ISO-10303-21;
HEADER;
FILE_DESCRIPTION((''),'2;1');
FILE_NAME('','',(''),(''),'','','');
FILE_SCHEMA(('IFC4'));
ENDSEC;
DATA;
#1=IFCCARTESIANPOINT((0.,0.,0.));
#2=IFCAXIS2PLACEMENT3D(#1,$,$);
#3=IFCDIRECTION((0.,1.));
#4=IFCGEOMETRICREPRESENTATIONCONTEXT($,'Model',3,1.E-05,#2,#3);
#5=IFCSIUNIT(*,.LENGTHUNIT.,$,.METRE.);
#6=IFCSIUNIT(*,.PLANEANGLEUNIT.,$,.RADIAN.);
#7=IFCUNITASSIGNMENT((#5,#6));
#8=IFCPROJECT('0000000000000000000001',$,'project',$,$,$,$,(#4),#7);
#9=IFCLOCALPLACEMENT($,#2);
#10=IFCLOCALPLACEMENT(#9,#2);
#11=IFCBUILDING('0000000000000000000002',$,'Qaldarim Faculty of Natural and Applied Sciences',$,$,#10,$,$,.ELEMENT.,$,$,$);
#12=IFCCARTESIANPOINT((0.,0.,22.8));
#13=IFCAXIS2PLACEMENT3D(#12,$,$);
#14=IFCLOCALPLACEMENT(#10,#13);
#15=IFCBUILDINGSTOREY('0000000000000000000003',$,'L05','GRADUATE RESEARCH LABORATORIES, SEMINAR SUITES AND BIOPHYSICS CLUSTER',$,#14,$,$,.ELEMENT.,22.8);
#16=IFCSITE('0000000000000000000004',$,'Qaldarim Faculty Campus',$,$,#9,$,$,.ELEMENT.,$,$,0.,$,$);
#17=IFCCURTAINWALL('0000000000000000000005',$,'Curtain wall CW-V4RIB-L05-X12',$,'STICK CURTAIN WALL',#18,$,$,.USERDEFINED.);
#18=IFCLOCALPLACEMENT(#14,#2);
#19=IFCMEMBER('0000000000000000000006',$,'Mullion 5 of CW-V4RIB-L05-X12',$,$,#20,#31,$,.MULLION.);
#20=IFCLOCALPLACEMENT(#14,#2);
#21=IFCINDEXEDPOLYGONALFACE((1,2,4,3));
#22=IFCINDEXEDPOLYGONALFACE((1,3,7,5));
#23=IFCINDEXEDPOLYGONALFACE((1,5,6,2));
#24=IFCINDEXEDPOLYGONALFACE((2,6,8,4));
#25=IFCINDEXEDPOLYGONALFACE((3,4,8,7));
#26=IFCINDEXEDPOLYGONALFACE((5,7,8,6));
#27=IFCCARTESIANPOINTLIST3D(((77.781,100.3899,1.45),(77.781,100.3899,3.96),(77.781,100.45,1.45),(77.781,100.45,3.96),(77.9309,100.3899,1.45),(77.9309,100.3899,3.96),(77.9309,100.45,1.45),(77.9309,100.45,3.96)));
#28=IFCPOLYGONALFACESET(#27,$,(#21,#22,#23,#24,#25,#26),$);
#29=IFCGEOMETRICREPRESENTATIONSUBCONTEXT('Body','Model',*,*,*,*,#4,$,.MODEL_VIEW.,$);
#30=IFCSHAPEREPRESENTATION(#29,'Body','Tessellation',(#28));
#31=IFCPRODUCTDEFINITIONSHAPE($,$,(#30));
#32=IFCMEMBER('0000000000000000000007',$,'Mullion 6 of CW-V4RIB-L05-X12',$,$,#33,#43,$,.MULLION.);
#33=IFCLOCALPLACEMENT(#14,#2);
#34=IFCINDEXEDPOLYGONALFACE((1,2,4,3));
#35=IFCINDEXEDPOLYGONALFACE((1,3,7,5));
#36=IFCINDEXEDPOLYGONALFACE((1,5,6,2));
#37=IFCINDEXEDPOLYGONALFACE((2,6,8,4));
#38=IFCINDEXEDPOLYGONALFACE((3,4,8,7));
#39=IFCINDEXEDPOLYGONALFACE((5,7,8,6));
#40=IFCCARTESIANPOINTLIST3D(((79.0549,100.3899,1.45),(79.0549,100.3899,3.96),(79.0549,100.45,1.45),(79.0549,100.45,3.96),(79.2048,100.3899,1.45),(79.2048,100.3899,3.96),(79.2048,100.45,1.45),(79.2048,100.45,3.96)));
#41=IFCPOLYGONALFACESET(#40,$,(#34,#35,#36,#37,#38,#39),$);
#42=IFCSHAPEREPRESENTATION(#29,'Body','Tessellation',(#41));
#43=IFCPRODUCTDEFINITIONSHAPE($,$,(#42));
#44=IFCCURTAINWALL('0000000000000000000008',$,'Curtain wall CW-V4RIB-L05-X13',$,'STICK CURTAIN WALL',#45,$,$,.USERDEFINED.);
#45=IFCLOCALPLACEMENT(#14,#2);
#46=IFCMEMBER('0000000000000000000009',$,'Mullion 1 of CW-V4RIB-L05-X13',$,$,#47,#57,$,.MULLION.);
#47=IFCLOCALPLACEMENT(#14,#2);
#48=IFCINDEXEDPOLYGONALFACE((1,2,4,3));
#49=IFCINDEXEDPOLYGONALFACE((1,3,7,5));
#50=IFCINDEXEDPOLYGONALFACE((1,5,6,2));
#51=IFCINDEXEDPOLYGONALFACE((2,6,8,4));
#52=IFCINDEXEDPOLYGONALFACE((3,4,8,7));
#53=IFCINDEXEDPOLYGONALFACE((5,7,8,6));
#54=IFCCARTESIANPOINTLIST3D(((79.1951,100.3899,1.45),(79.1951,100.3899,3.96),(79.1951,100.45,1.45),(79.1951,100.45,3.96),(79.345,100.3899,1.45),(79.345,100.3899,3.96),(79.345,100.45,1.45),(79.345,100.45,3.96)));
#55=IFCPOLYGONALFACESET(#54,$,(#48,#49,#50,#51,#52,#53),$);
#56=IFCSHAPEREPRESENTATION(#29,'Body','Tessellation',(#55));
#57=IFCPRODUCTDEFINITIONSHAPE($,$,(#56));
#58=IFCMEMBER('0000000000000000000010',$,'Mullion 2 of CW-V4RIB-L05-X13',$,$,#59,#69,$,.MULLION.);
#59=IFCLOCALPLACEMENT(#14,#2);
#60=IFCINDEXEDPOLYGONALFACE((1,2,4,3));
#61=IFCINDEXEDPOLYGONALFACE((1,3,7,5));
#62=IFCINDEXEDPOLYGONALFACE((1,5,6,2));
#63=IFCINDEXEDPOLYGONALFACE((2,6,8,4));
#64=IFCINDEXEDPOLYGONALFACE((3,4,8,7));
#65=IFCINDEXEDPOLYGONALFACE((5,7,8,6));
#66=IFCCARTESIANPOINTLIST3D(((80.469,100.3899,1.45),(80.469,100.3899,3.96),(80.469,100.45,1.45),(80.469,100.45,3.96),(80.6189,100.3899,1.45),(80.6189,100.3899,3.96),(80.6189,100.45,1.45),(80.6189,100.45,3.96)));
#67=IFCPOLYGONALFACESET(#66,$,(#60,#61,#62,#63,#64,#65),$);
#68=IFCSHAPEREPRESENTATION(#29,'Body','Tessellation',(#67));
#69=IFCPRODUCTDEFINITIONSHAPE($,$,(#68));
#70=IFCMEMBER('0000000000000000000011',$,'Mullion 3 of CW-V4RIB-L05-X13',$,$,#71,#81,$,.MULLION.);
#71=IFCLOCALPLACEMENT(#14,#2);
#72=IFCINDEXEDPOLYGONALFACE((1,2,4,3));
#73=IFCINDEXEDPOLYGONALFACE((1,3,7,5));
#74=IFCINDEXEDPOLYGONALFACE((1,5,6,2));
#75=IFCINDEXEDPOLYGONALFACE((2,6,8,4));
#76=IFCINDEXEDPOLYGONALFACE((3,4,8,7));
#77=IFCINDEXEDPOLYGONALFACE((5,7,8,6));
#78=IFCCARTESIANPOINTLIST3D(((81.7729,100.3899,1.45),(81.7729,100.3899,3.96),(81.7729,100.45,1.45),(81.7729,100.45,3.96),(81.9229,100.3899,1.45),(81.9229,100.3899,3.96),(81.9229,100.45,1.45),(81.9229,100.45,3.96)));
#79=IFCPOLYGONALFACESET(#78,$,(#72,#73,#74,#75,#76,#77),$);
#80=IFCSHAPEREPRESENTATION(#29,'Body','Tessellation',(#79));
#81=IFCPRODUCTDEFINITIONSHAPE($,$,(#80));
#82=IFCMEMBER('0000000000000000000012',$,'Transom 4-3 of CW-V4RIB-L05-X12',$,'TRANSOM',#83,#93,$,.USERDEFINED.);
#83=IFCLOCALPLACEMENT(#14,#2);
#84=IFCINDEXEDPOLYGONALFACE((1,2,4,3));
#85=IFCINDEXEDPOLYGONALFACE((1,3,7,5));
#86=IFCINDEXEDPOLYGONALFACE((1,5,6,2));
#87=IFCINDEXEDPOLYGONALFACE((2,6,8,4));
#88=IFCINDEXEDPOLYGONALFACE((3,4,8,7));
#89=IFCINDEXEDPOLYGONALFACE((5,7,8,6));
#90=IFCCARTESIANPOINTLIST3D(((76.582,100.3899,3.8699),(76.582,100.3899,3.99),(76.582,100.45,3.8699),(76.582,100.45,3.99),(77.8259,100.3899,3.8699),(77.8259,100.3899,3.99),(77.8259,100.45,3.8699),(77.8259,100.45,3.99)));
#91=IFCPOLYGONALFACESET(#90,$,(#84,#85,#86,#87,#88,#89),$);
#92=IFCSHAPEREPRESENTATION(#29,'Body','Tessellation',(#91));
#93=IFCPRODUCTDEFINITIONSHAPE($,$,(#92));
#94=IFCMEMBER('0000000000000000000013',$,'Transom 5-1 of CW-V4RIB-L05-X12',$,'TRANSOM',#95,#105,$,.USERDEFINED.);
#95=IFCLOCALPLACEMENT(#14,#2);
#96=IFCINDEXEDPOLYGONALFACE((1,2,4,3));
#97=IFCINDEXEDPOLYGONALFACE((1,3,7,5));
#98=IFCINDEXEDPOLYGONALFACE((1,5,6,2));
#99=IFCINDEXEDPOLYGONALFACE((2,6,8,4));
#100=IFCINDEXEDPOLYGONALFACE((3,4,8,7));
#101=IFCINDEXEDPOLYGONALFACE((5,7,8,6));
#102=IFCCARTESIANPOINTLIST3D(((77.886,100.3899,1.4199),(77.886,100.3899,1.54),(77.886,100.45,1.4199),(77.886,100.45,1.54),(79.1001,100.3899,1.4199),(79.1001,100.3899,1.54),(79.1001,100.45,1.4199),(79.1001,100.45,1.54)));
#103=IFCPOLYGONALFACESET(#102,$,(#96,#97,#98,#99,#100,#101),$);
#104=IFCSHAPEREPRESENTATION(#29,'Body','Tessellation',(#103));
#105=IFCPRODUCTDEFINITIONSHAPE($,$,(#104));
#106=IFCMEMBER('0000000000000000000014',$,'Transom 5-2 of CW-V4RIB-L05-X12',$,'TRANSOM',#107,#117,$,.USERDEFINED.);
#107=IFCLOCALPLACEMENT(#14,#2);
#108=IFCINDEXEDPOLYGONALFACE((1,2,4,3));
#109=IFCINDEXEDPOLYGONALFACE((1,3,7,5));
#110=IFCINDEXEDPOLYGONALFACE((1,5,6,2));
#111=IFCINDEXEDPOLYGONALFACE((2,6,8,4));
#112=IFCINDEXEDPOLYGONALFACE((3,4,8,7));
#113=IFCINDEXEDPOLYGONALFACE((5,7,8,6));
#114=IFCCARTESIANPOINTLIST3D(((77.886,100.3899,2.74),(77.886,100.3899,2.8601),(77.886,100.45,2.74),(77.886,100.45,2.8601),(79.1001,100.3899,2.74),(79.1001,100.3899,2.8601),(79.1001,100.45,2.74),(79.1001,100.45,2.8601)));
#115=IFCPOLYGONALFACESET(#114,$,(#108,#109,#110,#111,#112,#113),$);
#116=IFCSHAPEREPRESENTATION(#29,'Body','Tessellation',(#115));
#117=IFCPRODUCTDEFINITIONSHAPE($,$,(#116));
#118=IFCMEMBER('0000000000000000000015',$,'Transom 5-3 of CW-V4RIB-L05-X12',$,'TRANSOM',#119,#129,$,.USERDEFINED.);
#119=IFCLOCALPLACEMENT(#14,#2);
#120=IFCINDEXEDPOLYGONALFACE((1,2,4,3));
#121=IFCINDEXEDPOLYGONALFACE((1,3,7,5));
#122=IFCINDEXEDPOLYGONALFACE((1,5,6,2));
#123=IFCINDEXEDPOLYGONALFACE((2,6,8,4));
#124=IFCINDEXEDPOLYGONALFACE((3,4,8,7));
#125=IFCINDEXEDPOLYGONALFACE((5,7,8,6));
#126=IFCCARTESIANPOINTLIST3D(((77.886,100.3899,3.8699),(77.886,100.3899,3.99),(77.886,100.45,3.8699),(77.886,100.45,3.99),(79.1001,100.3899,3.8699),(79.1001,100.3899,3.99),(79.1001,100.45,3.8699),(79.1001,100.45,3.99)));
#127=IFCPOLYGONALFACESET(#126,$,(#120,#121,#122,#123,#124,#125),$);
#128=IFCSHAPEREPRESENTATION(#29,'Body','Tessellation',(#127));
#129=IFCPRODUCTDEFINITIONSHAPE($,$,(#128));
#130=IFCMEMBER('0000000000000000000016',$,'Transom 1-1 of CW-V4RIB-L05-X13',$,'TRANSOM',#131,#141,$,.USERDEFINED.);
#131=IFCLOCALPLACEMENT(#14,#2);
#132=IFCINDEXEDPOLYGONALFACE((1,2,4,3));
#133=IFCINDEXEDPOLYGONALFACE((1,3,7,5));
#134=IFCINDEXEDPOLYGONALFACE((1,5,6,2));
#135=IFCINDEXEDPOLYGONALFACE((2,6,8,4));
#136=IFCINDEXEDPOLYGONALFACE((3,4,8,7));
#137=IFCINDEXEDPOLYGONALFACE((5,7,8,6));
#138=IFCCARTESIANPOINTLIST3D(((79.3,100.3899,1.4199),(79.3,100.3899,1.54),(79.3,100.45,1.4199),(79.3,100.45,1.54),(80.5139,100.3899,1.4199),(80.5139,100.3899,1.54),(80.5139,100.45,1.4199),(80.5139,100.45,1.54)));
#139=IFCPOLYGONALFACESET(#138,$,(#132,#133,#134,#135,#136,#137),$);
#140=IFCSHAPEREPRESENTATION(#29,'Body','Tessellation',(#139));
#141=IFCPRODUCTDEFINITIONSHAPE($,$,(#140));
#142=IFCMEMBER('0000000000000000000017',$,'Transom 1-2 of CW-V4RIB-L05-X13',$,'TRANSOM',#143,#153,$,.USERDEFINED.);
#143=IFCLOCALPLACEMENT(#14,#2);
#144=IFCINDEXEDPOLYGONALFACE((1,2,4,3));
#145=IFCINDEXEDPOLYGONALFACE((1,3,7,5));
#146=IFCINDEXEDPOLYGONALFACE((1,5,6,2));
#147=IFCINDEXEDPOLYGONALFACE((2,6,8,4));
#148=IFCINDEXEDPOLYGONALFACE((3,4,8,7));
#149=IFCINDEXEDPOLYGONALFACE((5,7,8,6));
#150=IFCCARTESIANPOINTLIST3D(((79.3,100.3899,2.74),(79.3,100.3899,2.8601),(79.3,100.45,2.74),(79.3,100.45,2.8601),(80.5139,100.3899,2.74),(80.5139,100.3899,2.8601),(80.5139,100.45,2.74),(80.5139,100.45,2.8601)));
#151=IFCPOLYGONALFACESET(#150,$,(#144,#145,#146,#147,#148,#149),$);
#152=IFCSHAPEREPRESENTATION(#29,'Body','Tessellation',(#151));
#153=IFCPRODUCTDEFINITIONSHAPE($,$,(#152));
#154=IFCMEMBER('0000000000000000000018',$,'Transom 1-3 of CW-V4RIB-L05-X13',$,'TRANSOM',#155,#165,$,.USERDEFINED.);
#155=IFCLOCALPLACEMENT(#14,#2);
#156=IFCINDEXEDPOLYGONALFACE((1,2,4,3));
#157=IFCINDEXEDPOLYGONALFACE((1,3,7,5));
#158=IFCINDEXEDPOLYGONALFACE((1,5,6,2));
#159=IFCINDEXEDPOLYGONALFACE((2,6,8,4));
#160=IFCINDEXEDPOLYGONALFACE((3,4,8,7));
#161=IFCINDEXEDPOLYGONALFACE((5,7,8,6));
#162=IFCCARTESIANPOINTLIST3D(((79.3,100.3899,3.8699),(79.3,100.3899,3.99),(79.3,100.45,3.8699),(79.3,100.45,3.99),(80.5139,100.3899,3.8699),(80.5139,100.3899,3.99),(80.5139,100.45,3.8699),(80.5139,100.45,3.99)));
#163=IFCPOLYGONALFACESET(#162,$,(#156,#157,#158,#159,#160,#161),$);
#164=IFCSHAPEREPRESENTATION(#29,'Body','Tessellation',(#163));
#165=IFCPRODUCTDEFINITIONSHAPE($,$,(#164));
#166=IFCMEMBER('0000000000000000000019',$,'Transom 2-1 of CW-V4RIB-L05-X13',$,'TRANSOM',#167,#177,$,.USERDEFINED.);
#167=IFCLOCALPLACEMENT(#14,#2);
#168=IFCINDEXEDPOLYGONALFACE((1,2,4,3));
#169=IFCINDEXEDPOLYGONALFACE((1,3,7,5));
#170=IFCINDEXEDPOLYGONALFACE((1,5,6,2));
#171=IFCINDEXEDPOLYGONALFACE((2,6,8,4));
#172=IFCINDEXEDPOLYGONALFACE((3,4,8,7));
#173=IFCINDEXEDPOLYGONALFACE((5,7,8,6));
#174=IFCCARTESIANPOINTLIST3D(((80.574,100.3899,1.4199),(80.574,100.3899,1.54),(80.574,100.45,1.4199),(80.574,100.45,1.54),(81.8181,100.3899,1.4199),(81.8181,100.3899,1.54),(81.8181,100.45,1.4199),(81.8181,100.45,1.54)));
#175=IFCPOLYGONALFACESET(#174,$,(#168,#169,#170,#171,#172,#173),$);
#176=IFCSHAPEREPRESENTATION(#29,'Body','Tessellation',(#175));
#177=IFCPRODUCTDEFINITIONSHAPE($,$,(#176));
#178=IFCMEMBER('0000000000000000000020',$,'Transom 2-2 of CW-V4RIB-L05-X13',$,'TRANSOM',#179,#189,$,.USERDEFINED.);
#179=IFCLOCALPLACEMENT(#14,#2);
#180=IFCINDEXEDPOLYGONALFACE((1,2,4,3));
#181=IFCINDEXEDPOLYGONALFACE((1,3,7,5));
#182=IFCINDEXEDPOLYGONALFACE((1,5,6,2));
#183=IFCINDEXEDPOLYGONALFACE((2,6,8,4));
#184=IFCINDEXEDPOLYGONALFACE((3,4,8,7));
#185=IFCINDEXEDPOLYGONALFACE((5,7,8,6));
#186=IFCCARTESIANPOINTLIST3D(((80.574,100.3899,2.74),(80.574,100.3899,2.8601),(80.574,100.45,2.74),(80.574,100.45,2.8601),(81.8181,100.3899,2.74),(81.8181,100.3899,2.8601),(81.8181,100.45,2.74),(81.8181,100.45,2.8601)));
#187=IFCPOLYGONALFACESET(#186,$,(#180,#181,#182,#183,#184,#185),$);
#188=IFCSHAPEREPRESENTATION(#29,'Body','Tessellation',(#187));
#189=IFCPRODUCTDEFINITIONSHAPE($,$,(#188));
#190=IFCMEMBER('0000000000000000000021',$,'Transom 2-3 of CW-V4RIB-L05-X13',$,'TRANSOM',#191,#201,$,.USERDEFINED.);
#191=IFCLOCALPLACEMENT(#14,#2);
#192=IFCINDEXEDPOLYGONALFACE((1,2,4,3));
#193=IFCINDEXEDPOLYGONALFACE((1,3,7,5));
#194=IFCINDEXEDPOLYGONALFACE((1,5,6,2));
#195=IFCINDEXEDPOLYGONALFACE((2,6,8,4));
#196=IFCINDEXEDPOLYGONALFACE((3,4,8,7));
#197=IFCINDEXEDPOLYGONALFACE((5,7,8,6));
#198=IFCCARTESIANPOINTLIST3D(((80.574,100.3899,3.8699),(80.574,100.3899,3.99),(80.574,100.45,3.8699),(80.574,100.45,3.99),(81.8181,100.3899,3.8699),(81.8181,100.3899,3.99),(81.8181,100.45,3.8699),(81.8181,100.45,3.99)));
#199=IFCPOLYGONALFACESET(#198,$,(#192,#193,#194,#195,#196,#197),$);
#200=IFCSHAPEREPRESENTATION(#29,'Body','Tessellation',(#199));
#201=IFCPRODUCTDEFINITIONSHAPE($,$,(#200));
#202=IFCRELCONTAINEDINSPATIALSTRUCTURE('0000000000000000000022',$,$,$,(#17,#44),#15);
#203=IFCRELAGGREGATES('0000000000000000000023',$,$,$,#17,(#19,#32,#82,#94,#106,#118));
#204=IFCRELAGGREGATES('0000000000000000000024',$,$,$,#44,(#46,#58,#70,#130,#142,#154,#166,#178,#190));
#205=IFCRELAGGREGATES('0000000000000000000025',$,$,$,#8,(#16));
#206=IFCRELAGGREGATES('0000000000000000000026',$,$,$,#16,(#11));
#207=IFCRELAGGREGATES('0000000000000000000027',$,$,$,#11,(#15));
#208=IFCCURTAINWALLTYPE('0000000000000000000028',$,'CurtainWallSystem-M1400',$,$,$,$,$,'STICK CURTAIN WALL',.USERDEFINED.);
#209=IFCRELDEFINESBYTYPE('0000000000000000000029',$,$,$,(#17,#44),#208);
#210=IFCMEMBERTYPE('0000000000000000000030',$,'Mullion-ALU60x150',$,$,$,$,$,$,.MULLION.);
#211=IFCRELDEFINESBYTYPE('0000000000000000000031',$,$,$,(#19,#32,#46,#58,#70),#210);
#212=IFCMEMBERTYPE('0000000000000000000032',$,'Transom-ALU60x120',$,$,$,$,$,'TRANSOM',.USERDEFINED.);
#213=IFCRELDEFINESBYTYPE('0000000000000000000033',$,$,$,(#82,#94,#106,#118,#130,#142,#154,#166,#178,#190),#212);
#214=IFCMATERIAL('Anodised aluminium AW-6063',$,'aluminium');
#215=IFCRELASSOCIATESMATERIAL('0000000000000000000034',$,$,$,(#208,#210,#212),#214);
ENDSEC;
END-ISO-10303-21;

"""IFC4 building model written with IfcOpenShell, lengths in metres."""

from ifc_helpers import new_model, si_unit, direction, frame, origin, origin_2d, place, context, subcontext, project, spatial, rectangle, extrude, material, material_profile, profile_set, type_object, element, aggregate, save


model = new_model("IFC4")

# Units and contexts
model_context = context("Model", 3, precision=1e-05, world=origin(), true_north=direction((0.0, 1.0)))
body_context = subcontext(model_context, "Body", "Model", "MODEL_VIEW")
ifc_project = project(units=[si_unit("LENGTHUNIT", "METRE"), si_unit("PLANEANGLEUNIT", "RADIAN")], contexts=[model_context])

# Site, building, storey
site_placement = place(None, origin())
site = spatial("IfcSite", under=ifc_project, at=site_placement, Name="Qaldarim Faculty Campus", CompositionType="ELEMENT", RefElevation=0.0)
building_placement = place(site_placement, origin())
building = spatial("IfcBuilding", under=site, at=building_placement, Name="Qaldarim Faculty of Natural and Applied Sciences", CompositionType="ELEMENT")
storey_placement = place(building_placement, frame((0.0, 0.0, 22.8)))
storey = spatial("IfcBuildingStorey", under=building, at=storey_placement, Name="L05", Description="GRADUATE RESEARCH LABORATORIES, SEMINAR SUITES AND BIOPHYSICS CLUSTER", CompositionType="ELEMENT", Elevation=22.8)

# Curtain walls, members
ifc_material_1 = material(Name="Anodised aluminium AW-6063", Category="aluminium")
curtain_wall_type = type_object("IfcCurtainWallType", Name="CurtainWallSystem-M1400", ElementType="STICK CURTAIN WALL", PredefinedType="USERDEFINED", material=ifc_material_1)
curtain_wall_1_placement = place(storey_placement, origin())
curtain_wall_1 = element("IfcCurtainWall", 1, at=curtain_wall_1_placement, inside=storey, type_object=curtain_wall_type, Name="Curtain wall CW-V4RIB-L05-X12", ObjectType="STICK CURTAIN WALL", PredefinedType="USERDEFINED")
ifc_material_profile_1 = material_profile(ifc_material_1, rectangle(XDim=0.0601, YDim=0.1499, at=origin_2d()), Name="ALU-M60x150")
ifc_profile_set_1 = profile_set([ifc_material_profile_1], Name="Anodised aluminium AW-6063")
member_type_1 = type_object("IfcMemberType", Name="Mullion-ALU60x150", PredefinedType="MULLION", material=ifc_profile_set_1)
member_1_placement = place(storey_placement, frame((77.856, 100.4199, 1.45), z_axis=(0.0, 0.0, 1.0), x_axis=(0.0, 1.0, 0.0)))
member_1 = element("IfcMember", 2, at=member_1_placement, type_object=member_type_1, Name="Mullion 5 of CW-V4RIB-L05-X12", PredefinedType="MULLION", context=body_context, shape_type="SweptSolid", body=[
    extrude(rectangle(XDim=0.0601, YDim=0.1499, at=origin_2d()), origin(), (0.0, 0.0, 1.0), 2.51),
])
member_2_placement = place(storey_placement, frame((79.1299, 100.4199, 1.45), z_axis=(0.0, 0.0, 1.0), x_axis=(0.0, 1.0, 0.0)))
member_2 = element("IfcMember", 3, at=member_2_placement, type_object=member_type_1, Name="Mullion 6 of CW-V4RIB-L05-X12", PredefinedType="MULLION", context=body_context, shape_type="SweptSolid", body=[
    extrude(rectangle(XDim=0.0601, YDim=0.1499, at=origin_2d()), origin(), (0.0, 0.0, 1.0), 2.51),
])
curtain_wall_2_placement = place(storey_placement, origin())
curtain_wall_2 = element("IfcCurtainWall", 4, at=curtain_wall_2_placement, inside=storey, type_object=curtain_wall_type, Name="Curtain wall CW-V4RIB-L05-X13", ObjectType="STICK CURTAIN WALL", PredefinedType="USERDEFINED")
member_3_placement = place(storey_placement, frame((79.27, 100.4199, 1.45), z_axis=(0.0, 0.0, 1.0), x_axis=(0.0, 1.0, 0.0)))
member_3 = element("IfcMember", 5, at=member_3_placement, type_object=member_type_1, Name="Mullion 1 of CW-V4RIB-L05-X13", PredefinedType="MULLION", context=body_context, shape_type="SweptSolid", body=[
    extrude(rectangle(XDim=0.0601, YDim=0.1499, at=origin_2d()), origin(), (0.0, 0.0, 1.0), 2.51),
])
member_4_placement = place(storey_placement, frame((80.5439, 100.4199, 1.45), z_axis=(0.0, 0.0, 1.0), x_axis=(0.0, 1.0, 0.0)))
member_4 = element("IfcMember", 6, at=member_4_placement, type_object=member_type_1, Name="Mullion 2 of CW-V4RIB-L05-X13", PredefinedType="MULLION", context=body_context, shape_type="SweptSolid", body=[
    extrude(rectangle(XDim=0.0601, YDim=0.1499, at=origin_2d()), origin(), (0.0, 0.0, 1.0), 2.51),
])
member_5_placement = place(storey_placement, frame((81.8479, 100.4199, 1.45), z_axis=(0.0, 0.0, 1.0), x_axis=(0.0, 1.0, 0.0)))
member_5 = element("IfcMember", 7, at=member_5_placement, type_object=member_type_1, Name="Mullion 3 of CW-V4RIB-L05-X13", PredefinedType="MULLION", context=body_context, shape_type="SweptSolid", body=[
    extrude(rectangle(XDim=0.0601, YDim=0.1499, at=origin_2d()), origin(), (0.0, 0.0, 1.0), 2.51),
])

# Members
ifc_material_profile_2 = material_profile(ifc_material_1, rectangle(XDim=0.0601, YDim=0.1201, at=origin_2d()), Name="ALU-T60x120")
ifc_profile_set_2 = profile_set([ifc_material_profile_2], Name="Anodised aluminium AW-6063")
member_type_2 = type_object("IfcMemberType", Name="Transom-ALU60x120", ElementType="TRANSOM", PredefinedType="USERDEFINED", material=ifc_profile_set_2)
member_6_placement = place(storey_placement, frame((76.582, 100.4199, 3.9299), z_axis=(1.0, 0.0, 0.0), x_axis=(0.0, 1.0, 0.0)))
member_6 = element("IfcMember", 8, at=member_6_placement, type_object=member_type_2, Name="Transom 4-3 of CW-V4RIB-L05-X12", ObjectType="TRANSOM", PredefinedType="USERDEFINED", context=body_context, shape_type="SweptSolid", body=[
    extrude(rectangle(XDim=0.0601, YDim=0.1201, at=origin_2d()), origin(), (0.0, 0.0, 1.0), 1.2439),
])
member_7_placement = place(storey_placement, frame((77.886, 100.4199, 1.48), z_axis=(1.0, 0.0, 0.0), x_axis=(0.0, 1.0, 0.0)))
member_7 = element("IfcMember", 9, at=member_7_placement, type_object=member_type_2, Name="Transom 5-1 of CW-V4RIB-L05-X12", ObjectType="TRANSOM", PredefinedType="USERDEFINED", context=body_context, shape_type="SweptSolid", body=[
    extrude(rectangle(XDim=0.0601, YDim=0.1201, at=origin_2d()), origin(), (0.0, 0.0, 1.0), 1.2141),
])
member_8_placement = place(storey_placement, frame((77.886, 100.4199, 2.8), z_axis=(1.0, 0.0, 0.0), x_axis=(0.0, 1.0, 0.0)))
member_8 = element("IfcMember", 10, at=member_8_placement, type_object=member_type_2, Name="Transom 5-2 of CW-V4RIB-L05-X12", ObjectType="TRANSOM", PredefinedType="USERDEFINED", context=body_context, shape_type="SweptSolid", body=[
    extrude(rectangle(XDim=0.0601, YDim=0.1201, at=origin_2d()), origin(), (0.0, 0.0, 1.0), 1.2141),
])
member_9_placement = place(storey_placement, frame((77.886, 100.4199, 3.9299), z_axis=(1.0, 0.0, 0.0), x_axis=(0.0, 1.0, 0.0)))
member_9 = element("IfcMember", 11, at=member_9_placement, type_object=member_type_2, Name="Transom 5-3 of CW-V4RIB-L05-X12", ObjectType="TRANSOM", PredefinedType="USERDEFINED", context=body_context, shape_type="SweptSolid", body=[
    extrude(rectangle(XDim=0.0601, YDim=0.1201, at=origin_2d()), origin(), (0.0, 0.0, 1.0), 1.2141),
])
member_10_placement = place(storey_placement, frame((79.3, 100.4199, 1.48), z_axis=(1.0, 0.0, 0.0), x_axis=(0.0, 1.0, 0.0)))
member_10 = element("IfcMember", 12, at=member_10_placement, type_object=member_type_2, Name="Transom 1-1 of CW-V4RIB-L05-X13", ObjectType="TRANSOM", PredefinedType="USERDEFINED", context=body_context, shape_type="SweptSolid", body=[
    extrude(rectangle(XDim=0.0601, YDim=0.1201, at=origin_2d()), origin(), (0.0, 0.0, 1.0), 1.2139),
])
member_11_placement = place(storey_placement, frame((79.3, 100.4199, 2.8), z_axis=(1.0, 0.0, 0.0), x_axis=(0.0, 1.0, 0.0)))
member_11 = element("IfcMember", 13, at=member_11_placement, type_object=member_type_2, Name="Transom 1-2 of CW-V4RIB-L05-X13", ObjectType="TRANSOM", PredefinedType="USERDEFINED", context=body_context, shape_type="SweptSolid", body=[
    extrude(rectangle(XDim=0.0601, YDim=0.1201, at=origin_2d()), origin(), (0.0, 0.0, 1.0), 1.2139),
])
member_12_placement = place(storey_placement, frame((79.3, 100.4199, 3.9299), z_axis=(1.0, 0.0, 0.0), x_axis=(0.0, 1.0, 0.0)))
member_12 = element("IfcMember", 14, at=member_12_placement, type_object=member_type_2, Name="Transom 1-3 of CW-V4RIB-L05-X13", ObjectType="TRANSOM", PredefinedType="USERDEFINED", context=body_context, shape_type="SweptSolid", body=[
    extrude(rectangle(XDim=0.0601, YDim=0.1201, at=origin_2d()), origin(), (0.0, 0.0, 1.0), 1.2139),
])
member_13_placement = place(storey_placement, frame((80.574, 100.4199, 1.48), z_axis=(1.0, 0.0, 0.0), x_axis=(0.0, 1.0, 0.0)))
member_13 = element("IfcMember", 15, at=member_13_placement, type_object=member_type_2, Name="Transom 2-1 of CW-V4RIB-L05-X13", ObjectType="TRANSOM", PredefinedType="USERDEFINED", context=body_context, shape_type="SweptSolid", body=[
    extrude(rectangle(XDim=0.0601, YDim=0.1201, at=origin_2d()), origin(), (0.0, 0.0, 1.0), 1.2441),
])
member_14_placement = place(storey_placement, frame((80.574, 100.4199, 2.8), z_axis=(1.0, 0.0, 0.0), x_axis=(0.0, 1.0, 0.0)))
member_14 = element("IfcMember", 16, at=member_14_placement, type_object=member_type_2, Name="Transom 2-2 of CW-V4RIB-L05-X13", ObjectType="TRANSOM", PredefinedType="USERDEFINED", context=body_context, shape_type="SweptSolid", body=[
    extrude(rectangle(XDim=0.0601, YDim=0.1201, at=origin_2d()), origin(), (0.0, 0.0, 1.0), 1.2441),
])
member_15_placement = place(storey_placement, frame((80.574, 100.4199, 3.9299), z_axis=(1.0, 0.0, 0.0), x_axis=(0.0, 1.0, 0.0)))
member_15 = element("IfcMember", 17, at=member_15_placement, type_object=member_type_2, Name="Transom 2-3 of CW-V4RIB-L05-X13", ObjectType="TRANSOM", PredefinedType="USERDEFINED", context=body_context, shape_type="SweptSolid", body=[
    extrude(rectangle(XDim=0.0601, YDim=0.1201, at=origin_2d()), origin(), (0.0, 0.0, 1.0), 1.2441),
])

aggregate(curtain_wall_1, [member_1, member_2, member_6, member_7, member_8, member_9])
aggregate(curtain_wall_2, [member_3, member_4, member_5, member_10, member_11, member_12, member_13, member_14, member_15])

save(model, "model.ifc")
